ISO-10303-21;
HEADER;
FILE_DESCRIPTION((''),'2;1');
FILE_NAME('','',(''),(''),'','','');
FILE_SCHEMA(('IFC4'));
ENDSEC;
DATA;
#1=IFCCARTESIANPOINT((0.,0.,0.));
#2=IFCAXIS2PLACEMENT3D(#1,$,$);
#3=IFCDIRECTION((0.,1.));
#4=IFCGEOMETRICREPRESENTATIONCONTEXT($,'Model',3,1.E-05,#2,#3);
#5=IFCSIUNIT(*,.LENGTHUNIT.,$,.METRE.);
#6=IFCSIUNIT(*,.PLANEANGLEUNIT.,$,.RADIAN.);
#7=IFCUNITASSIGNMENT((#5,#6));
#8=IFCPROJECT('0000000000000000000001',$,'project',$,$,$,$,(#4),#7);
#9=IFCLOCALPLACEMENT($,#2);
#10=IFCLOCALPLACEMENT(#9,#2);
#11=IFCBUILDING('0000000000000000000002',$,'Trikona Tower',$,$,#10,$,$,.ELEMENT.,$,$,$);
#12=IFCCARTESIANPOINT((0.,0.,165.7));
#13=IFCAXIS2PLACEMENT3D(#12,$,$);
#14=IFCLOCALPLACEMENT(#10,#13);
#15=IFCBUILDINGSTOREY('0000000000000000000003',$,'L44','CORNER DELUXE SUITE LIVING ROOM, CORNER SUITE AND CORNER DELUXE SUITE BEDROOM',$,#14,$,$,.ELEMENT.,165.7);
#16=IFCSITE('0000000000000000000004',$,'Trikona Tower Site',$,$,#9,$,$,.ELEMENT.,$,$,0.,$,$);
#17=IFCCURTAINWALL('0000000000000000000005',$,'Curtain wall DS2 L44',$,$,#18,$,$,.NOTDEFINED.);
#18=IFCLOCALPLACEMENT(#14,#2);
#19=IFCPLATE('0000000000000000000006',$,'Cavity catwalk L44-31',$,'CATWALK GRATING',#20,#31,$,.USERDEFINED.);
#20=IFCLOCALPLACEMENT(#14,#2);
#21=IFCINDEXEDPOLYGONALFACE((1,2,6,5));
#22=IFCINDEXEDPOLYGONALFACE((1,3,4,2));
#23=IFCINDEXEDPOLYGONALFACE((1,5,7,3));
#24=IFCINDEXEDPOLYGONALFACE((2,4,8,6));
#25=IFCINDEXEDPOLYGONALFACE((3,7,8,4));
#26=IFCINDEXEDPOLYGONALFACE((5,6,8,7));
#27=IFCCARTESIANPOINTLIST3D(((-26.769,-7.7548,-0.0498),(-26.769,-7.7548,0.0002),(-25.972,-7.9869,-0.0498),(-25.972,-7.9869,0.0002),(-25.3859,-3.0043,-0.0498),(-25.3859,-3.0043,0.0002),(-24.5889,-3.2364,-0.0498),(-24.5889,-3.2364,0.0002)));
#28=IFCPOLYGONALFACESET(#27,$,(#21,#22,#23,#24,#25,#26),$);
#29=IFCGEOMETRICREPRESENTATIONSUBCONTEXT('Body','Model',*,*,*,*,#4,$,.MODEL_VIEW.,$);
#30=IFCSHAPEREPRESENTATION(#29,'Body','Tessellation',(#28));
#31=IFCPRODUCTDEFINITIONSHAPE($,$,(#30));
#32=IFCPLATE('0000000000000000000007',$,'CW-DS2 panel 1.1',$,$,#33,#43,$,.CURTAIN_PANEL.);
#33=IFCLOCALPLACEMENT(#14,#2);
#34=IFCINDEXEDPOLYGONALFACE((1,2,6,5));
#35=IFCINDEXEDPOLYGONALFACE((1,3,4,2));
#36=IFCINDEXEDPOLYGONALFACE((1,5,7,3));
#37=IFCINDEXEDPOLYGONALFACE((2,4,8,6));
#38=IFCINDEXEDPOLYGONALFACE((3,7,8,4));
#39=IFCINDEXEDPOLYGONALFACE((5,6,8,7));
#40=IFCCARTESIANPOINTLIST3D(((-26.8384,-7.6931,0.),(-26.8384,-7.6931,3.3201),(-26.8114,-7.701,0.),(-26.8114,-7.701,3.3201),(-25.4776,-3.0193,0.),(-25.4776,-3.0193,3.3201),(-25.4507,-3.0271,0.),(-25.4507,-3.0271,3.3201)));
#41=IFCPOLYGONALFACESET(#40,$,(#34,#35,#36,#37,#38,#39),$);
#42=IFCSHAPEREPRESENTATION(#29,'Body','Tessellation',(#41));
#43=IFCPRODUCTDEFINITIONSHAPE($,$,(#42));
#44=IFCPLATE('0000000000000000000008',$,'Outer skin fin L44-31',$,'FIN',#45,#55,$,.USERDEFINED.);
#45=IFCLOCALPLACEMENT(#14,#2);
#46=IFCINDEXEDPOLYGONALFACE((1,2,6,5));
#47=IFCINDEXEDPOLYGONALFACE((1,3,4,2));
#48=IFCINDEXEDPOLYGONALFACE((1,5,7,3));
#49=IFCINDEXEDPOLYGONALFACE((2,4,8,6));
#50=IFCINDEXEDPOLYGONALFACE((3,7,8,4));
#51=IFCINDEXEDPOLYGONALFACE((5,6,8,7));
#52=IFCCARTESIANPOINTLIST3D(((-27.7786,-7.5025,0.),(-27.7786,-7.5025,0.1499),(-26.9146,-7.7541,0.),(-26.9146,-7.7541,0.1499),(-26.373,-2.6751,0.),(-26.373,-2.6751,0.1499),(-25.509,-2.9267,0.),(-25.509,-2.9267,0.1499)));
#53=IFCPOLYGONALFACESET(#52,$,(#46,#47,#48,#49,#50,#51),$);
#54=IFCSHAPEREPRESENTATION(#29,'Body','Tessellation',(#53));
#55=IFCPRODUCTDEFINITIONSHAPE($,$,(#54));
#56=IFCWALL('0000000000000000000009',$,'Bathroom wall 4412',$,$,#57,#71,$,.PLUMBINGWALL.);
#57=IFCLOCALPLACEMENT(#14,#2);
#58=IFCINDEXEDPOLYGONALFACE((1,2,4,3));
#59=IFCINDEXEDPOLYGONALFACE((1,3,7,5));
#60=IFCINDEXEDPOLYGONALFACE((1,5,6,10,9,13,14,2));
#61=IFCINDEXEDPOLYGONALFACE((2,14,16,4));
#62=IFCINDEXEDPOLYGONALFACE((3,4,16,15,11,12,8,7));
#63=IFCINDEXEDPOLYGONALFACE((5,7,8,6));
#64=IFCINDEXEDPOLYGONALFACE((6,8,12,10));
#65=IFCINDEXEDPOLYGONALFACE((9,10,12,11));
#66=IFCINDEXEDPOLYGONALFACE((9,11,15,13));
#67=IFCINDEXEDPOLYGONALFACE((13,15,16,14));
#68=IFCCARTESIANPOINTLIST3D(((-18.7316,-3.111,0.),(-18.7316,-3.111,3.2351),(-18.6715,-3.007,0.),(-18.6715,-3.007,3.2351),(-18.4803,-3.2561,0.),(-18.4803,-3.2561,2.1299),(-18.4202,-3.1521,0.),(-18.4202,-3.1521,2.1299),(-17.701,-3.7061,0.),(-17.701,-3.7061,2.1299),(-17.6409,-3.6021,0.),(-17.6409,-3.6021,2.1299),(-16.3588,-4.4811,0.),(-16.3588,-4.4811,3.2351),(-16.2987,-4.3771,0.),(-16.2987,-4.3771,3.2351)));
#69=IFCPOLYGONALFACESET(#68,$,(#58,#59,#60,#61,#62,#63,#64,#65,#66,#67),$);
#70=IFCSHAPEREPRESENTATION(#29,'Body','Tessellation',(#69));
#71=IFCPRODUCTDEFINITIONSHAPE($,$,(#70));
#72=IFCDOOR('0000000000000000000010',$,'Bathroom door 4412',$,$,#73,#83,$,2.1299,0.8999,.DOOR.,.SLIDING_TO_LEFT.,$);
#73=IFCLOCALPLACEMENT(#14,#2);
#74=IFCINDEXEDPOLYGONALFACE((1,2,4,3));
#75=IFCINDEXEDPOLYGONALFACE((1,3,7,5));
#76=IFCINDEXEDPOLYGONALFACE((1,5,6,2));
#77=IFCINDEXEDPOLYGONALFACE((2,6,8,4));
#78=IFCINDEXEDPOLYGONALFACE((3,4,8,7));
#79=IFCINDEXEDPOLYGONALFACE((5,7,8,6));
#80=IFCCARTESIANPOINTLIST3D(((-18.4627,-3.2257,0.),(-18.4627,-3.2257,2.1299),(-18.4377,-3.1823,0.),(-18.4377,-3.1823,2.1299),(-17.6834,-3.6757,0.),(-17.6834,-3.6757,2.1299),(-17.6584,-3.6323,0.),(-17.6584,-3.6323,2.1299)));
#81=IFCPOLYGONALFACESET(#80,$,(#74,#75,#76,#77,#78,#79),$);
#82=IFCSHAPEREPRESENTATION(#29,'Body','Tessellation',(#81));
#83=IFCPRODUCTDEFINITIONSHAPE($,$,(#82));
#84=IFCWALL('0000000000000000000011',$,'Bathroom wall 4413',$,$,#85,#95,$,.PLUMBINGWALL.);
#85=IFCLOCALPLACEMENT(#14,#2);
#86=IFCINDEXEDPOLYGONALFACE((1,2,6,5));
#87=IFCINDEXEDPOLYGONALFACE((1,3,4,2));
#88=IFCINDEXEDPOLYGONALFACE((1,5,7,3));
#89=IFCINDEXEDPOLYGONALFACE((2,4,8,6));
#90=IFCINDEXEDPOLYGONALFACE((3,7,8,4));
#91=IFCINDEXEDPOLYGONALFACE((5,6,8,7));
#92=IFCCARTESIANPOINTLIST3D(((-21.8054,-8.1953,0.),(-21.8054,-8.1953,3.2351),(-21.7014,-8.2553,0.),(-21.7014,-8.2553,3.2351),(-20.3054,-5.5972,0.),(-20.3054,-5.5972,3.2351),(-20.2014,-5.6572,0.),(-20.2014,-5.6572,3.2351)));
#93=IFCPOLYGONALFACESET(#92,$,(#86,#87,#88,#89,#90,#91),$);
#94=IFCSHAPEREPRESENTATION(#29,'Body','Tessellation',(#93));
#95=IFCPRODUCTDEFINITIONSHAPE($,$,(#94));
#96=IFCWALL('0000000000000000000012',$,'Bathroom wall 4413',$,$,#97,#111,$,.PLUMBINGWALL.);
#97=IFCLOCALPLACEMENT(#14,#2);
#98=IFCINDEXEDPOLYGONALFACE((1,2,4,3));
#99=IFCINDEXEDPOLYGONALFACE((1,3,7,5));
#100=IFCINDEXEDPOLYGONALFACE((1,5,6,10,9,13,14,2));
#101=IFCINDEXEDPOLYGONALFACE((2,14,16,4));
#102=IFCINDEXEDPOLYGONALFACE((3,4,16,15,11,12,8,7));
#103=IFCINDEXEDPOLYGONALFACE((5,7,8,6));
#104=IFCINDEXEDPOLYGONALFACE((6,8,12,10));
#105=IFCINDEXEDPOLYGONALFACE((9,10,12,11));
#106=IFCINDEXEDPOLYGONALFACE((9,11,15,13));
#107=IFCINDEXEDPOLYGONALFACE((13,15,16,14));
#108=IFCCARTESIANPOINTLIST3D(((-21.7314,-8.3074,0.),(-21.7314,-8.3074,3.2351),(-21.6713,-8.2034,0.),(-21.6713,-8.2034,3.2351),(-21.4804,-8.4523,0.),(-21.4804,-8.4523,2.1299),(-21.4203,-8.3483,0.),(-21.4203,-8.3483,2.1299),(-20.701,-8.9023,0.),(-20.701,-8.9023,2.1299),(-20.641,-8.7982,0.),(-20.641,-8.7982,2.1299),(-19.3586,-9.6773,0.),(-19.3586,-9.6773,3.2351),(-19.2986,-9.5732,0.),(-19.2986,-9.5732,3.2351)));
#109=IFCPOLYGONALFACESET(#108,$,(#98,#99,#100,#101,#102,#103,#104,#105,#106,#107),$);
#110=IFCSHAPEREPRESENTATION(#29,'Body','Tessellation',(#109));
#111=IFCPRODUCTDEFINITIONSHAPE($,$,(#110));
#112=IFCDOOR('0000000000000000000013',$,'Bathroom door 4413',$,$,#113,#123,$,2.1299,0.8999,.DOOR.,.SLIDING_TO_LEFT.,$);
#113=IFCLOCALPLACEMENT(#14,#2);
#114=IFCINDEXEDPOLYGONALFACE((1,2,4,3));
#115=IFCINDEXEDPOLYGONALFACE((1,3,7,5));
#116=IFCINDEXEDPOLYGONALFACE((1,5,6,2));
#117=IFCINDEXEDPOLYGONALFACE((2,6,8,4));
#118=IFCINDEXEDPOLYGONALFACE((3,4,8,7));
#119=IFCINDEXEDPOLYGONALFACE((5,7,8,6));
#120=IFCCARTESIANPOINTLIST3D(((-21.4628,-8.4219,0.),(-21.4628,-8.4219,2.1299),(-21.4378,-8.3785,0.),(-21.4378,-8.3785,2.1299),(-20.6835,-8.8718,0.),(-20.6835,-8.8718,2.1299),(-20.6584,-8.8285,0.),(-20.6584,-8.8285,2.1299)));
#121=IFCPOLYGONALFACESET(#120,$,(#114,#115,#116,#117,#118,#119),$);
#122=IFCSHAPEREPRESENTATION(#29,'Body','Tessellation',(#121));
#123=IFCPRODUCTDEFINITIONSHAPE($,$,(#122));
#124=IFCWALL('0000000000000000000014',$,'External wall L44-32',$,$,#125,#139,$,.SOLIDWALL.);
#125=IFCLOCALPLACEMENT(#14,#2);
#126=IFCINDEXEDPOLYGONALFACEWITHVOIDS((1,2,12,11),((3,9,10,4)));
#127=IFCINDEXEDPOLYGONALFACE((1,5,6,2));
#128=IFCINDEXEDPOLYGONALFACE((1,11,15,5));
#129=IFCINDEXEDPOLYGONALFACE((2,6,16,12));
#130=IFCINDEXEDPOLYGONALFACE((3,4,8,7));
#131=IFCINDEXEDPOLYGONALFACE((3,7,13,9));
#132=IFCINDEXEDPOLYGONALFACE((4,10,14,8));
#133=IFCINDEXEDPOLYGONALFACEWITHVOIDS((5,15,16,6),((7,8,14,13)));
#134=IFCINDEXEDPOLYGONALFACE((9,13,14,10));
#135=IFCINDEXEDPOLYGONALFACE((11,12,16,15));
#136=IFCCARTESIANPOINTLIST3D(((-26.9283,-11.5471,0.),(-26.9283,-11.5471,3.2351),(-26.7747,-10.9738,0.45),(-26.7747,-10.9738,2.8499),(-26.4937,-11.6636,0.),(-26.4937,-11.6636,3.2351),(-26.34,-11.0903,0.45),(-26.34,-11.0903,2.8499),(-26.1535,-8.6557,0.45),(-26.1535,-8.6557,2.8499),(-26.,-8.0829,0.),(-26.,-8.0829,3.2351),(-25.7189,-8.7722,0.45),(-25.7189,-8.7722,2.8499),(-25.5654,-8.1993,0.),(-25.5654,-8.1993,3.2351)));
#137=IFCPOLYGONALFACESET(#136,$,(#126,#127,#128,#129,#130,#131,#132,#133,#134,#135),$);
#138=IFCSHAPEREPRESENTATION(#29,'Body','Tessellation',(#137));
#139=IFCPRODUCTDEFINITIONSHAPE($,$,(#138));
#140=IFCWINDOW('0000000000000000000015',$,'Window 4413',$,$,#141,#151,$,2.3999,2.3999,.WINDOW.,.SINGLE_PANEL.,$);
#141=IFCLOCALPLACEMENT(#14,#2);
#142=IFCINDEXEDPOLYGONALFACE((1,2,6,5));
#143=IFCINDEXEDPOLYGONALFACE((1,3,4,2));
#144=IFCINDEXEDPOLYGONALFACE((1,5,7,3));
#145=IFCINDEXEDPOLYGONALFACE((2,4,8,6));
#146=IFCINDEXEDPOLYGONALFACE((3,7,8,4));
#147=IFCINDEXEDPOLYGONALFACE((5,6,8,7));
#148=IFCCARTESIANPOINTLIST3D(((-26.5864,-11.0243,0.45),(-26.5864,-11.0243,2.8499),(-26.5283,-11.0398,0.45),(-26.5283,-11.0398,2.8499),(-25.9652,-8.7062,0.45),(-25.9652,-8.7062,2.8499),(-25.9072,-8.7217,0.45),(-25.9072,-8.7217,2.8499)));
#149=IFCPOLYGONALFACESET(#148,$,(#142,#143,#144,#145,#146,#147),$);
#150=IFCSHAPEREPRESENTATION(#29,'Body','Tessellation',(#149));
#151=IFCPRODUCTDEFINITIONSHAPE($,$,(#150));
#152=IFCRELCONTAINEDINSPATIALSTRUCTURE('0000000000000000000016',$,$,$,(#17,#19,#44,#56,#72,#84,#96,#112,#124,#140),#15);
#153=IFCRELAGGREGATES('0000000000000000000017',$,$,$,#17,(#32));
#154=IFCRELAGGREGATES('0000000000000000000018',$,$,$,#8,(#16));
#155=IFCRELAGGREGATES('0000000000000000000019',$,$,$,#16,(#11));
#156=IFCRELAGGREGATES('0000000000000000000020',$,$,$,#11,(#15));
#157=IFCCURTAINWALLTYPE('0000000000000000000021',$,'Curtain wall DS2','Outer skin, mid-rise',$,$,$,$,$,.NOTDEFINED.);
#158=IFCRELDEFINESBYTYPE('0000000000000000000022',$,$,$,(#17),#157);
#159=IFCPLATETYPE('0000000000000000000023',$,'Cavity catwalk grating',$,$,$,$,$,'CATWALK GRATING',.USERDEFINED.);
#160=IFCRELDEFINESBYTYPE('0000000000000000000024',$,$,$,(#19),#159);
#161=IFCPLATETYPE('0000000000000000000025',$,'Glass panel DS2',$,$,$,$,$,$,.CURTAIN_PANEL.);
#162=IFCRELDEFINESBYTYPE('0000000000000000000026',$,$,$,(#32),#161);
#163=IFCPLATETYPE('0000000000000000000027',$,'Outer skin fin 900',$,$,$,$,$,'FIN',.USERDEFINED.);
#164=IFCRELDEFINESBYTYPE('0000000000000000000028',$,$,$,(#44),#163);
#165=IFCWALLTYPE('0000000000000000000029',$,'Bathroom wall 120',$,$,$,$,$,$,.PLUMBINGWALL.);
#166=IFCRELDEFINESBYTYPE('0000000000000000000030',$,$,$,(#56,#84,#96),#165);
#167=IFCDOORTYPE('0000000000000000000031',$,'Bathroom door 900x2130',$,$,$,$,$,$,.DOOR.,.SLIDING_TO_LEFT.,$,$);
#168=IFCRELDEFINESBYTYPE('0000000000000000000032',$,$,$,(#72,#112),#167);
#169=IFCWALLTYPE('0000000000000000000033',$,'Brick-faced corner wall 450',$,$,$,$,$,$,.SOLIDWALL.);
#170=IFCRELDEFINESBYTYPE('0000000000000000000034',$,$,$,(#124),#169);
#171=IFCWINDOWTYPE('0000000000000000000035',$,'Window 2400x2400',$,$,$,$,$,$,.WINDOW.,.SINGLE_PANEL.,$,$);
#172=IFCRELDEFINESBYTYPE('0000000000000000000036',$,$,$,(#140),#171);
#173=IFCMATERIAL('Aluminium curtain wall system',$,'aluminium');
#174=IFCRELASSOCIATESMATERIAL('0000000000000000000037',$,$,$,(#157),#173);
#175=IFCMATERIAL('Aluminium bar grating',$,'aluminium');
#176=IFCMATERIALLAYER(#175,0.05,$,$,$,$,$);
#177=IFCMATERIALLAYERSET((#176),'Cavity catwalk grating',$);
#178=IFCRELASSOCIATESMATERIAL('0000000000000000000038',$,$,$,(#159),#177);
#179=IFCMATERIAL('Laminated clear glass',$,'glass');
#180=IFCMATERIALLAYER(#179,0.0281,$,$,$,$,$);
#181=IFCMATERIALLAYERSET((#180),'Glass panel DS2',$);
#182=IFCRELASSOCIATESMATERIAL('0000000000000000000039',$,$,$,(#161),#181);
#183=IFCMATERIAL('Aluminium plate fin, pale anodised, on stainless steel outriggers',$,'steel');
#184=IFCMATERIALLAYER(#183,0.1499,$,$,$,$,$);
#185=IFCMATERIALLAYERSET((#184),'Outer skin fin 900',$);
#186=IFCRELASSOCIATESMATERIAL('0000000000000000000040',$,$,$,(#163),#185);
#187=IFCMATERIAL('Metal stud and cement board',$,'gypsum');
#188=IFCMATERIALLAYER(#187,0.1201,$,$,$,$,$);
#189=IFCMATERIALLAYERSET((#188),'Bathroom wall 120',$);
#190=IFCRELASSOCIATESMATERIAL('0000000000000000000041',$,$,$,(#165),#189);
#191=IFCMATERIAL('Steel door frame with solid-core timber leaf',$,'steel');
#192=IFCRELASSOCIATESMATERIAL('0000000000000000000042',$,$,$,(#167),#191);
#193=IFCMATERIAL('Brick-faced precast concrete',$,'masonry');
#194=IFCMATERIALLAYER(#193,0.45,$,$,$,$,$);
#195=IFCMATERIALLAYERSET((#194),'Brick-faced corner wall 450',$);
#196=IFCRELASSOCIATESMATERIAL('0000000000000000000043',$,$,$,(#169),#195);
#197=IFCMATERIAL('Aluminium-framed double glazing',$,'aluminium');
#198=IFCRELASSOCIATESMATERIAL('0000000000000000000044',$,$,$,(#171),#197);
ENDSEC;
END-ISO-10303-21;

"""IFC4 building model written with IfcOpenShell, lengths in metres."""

from ifc_helpers import new_model, si_unit, direction, frame, frame_2d, origin, origin_2d, place, context, subcontext, project, spatial, rectangle, extrude, material, layer, layer_set, type_object, element, fill, aggregate, save


model = new_model("IFC4")

# Units and contexts
model_context = context("Model", 3, precision=1e-05, world=origin(), true_north=direction((0.0, 1.0)))
body_context = subcontext(model_context, "Body", "Model", "MODEL_VIEW")
ifc_project = project(units=[si_unit("LENGTHUNIT", "METRE"), si_unit("PLANEANGLEUNIT", "RADIAN")], contexts=[model_context])

# Site, building, storey
site_placement = place(None, origin())
site = spatial("IfcSite", under=ifc_project, at=site_placement, Name="Trikona Tower Site", CompositionType="ELEMENT", RefElevation=0.0)
building_placement = place(site_placement, origin())
building = spatial("IfcBuilding", under=site, at=building_placement, Name="Trikona Tower", CompositionType="ELEMENT")
storey_placement = place(building_placement, frame((0.0, 0.0, 165.7)))
storey = spatial("IfcBuildingStorey", under=building, at=storey_placement, Name="L44", Description="CORNER DELUXE SUITE LIVING ROOM, CORNER SUITE AND CORNER DELUXE SUITE BEDROOM", CompositionType="ELEMENT", Elevation=165.7)

# Shared definitions
ifc_material_1 = material(Name="Aluminium curtain wall system", Category="aluminium")
curtain_wall_type = type_object("IfcCurtainWallType", Name="Curtain wall DS2", Description="Outer skin, mid-rise", PredefinedType="NOTDEFINED", material=ifc_material_1)

# Curtain wall
curtain_wall_1_placement = place(storey_placement, origin())
curtain_wall_1 = element("IfcCurtainWall", 1, at=curtain_wall_1_placement, inside=storey, type_object=curtain_wall_type, Name="Curtain wall DS2 L44", PredefinedType="NOTDEFINED")

# Plate
ifc_material_2 = material(Name="Aluminium bar grating", Category="aluminium")
ifc_layer_1 = layer(ifc_material_2, 0.05)
ifc_layer_set_1 = layer_set([ifc_layer_1], Name="Cavity catwalk grating")
plate_type_1 = type_object("IfcPlateType", Name="Cavity catwalk grating", ElementType="CATWALK GRATING", PredefinedType="USERDEFINED", material=ifc_layer_set_1)
plate_1_placement = place(storey_placement, frame((-25.679, -5.4956, -0.0498), z_axis=(0.0, 0.0, 1.0), x_axis=(-0.279554, -0.96013, 0.0)))
element("IfcPlate", 2, at=plate_1_placement, inside=storey, type_object=plate_type_1, Name="Cavity catwalk L44-31", ObjectType="CATWALK GRATING", PredefinedType="USERDEFINED", context=body_context, shape_type="SweptSolid", body=[
    extrude(rectangle(XDim=4.9478, YDim=0.8301, at=origin_2d()), origin(), (0.0, 0.0, 1.0), 0.05),
])

# Plates
ifc_material_3 = material(Name="Laminated clear glass", Category="glass")
ifc_layer_2 = layer(ifc_material_3, 0.0281)
ifc_layer_set_2 = layer_set([ifc_layer_2], Name="Glass panel DS2")
plate_type_2 = type_object("IfcPlateType", Name="Glass panel DS2", PredefinedType="CURTAIN_PANEL", material=ifc_layer_set_2)
plate_2_placement = place(storey_placement, frame((-26.1445, -5.3601, 0.0), z_axis=(0.0, 0.0, 1.0), x_axis=(-0.279543, -0.960133, 0.0)))
plate_2 = element("IfcPlate", 3, at=plate_2_placement, type_object=plate_type_2, Name="CW-DS2 panel 1.1", PredefinedType="CURTAIN_PANEL", context=body_context, shape_type="SweptSolid", body=[
    extrude(rectangle(XDim=4.8679, YDim=0.0281, at=origin_2d()), origin(), (0.0, 0.0, 1.0), 3.3201),
])
aggregate(curtain_wall_1, [plate_2])
ifc_material_4 = material(Name="Aluminium plate fin, pale anodised, on stainless steel outriggers", Category="steel")
ifc_layer_3 = layer(ifc_material_4, 0.1499)
ifc_layer_set_3 = layer_set([ifc_layer_3], Name="Outer skin fin 900")
plate_type_3 = type_object("IfcPlateType", Name="Outer skin fin 900", ElementType="FIN", PredefinedType="USERDEFINED", material=ifc_layer_set_3)
plate_3_placement = place(storey_placement, frame((-26.6438, -5.2146, 0.0), z_axis=(0.0, 0.0, 1.0), x_axis=(-0.279554, -0.96013, 0.0)))
element("IfcPlate", 4, at=plate_3_placement, inside=storey, type_object=plate_type_3, Name="Outer skin fin L44-31", ObjectType="FIN", PredefinedType="USERDEFINED", context=body_context, shape_type="SweptSolid", body=[
    extrude(rectangle(XDim=5.0278, YDim=0.8999, at=origin_2d()), origin(), (0.0, 0.0, 1.0), 0.1499),
])

# Wall, opening, door
ifc_material_5 = material(Name="Metal stud and cement board", Category="gypsum")
ifc_layer_4 = layer(ifc_material_5, 0.1201)
ifc_layer_set_4 = layer_set([ifc_layer_4], Name="Bathroom wall 120")
wall_type_1 = type_object("IfcWallType", Name="Bathroom wall 120", PredefinedType="PLUMBINGWALL", material=ifc_layer_set_4)
wall_1_placement = place(storey_placement, frame((-16.3286, -4.4292, 0.0), z_axis=(0.0, 0.0, 1.0), x_axis=(-0.865997, 0.500049, 0.0)))
wall_1 = element("IfcWall", 5, at=wall_1_placement, inside=storey, type_object=wall_type_1, Name="Bathroom wall 4412", PredefinedType="PLUMBINGWALL", context=body_context, shape_type="SweptSolid", body=[
    extrude(rectangle(XDim=2.74, YDim=0.1201, at=frame_2d((1.3701, 0.0))), origin(), (0.0, 0.0, 1.0), 3.2351),
])
opening_1_placement = place(wall_1_placement, frame((1.55, 0.0, 0.0)))
opening_1 = element("IfcOpeningElement", 6, at=opening_1_placement, cuts=wall_1, PredefinedType="OPENING", context=body_context, shape_type="SweptSolid", body=[
    extrude(rectangle(XDim=0.8999, YDim=2.1299, at=frame_2d((0.45, 1.0649))), frame((0.0, 0.0701, 0.0), z_axis=(0.0, -1.0, 0.0), x_axis=(1.0, 0.0, 0.0)), (0.0, 0.0, 1.0), 0.1401),
])
ifc_material_6 = material(Name="Steel door frame with solid-core timber leaf", Category="steel")
door_type_1 = type_object("IfcDoorType", Name="Bathroom door 900x2130", OperationType="SLIDING_TO_LEFT", PredefinedType="DOOR", material=ifc_material_6)
door_1_placement = place(opening_1_placement, origin())
door_1 = element("IfcDoor", 7, at=door_1_placement, inside=storey, type_object=door_type_1, Name="Bathroom door 4412", OperationType="SLIDING_TO_LEFT", OverallHeight=2.1299, OverallWidth=0.8999, PredefinedType="DOOR", context=body_context, shape_type="SweptSolid", body=[
    extrude(rectangle(XDim=0.8999, YDim=2.1299, at=frame_2d((0.45, 1.0649))), frame((0.0, 0.0249, 0.0), z_axis=(0.0, -1.0, 0.0), x_axis=(1.0, 0.0, 0.0)), (0.0, 0.0, 1.0), 0.05),
])
fill(opening_1, door_1)

# Wall
wall_2_placement = place(storey_placement, frame((-20.2534, -5.6272, 0.0), z_axis=(0.0, 0.0, 1.0), x_axis=(-0.49999, -0.866031, 0.0)))
element("IfcWall", 8, at=wall_2_placement, inside=storey, type_object=wall_type_1, Name="Bathroom wall 4413", PredefinedType="PLUMBINGWALL", context=body_context, shape_type="SweptSolid", body=[
    extrude(rectangle(XDim=3.0, YDim=0.1201, at=frame_2d((1.5, 0.0))), origin(), (0.0, 0.0, 1.0), 3.2351),
])

# Wall, opening, door
wall_3_placement = place(storey_placement, frame((-19.3286, -9.6252, 0.0), z_axis=(0.0, 0.0, 1.0), x_axis=(-0.866036, 0.499982, 0.0)))
wall_3 = element("IfcWall", 9, at=wall_3_placement, inside=storey, type_object=wall_type_1, Name="Bathroom wall 4413", PredefinedType="PLUMBINGWALL", context=body_context, shape_type="SweptSolid", body=[
    extrude(rectangle(XDim=2.7397, YDim=0.1201, at=frame_2d((1.3699, 0.0))), origin(), (0.0, 0.0, 1.0), 3.2351),
])
opening_2_placement = place(wall_3_placement, frame((1.55, 0.0, 0.0)))
opening_2 = element("IfcOpeningElement", 10, at=opening_2_placement, cuts=wall_3, PredefinedType="OPENING", context=body_context, shape_type="SweptSolid", body=[
    extrude(rectangle(XDim=0.8999, YDim=2.1299, at=frame_2d((0.45, 1.0649))), frame((0.0, 0.0701, 0.0), z_axis=(0.0, -1.0, 0.0), x_axis=(1.0, 0.0, 0.0)), (0.0, 0.0, 1.0), 0.1401),
])
door_2_placement = place(opening_2_placement, origin())
door_2 = element("IfcDoor", 11, at=door_2_placement, inside=storey, type_object=door_type_1, Name="Bathroom door 4413", OperationType="SLIDING_TO_LEFT", OverallHeight=2.1299, OverallWidth=0.8999, PredefinedType="DOOR", context=body_context, shape_type="SweptSolid", body=[
    extrude(rectangle(XDim=0.8999, YDim=2.1299, at=frame_2d((0.45, 1.0649))), frame((0.0, 0.0249, 0.0), z_axis=(0.0, -1.0, 0.0), x_axis=(1.0, 0.0, 0.0)), (0.0, 0.0, 1.0), 0.05),
])
fill(opening_2, door_2)

# Wall, opening, window
ifc_material_7 = material(Name="Brick-faced precast concrete", Category="masonry")
ifc_layer_5 = layer(ifc_material_7, 0.45)
ifc_layer_set_5 = layer_set([ifc_layer_5], Name="Brick-faced corner wall 450")
wall_type_2 = type_object("IfcWallType", Name="Brick-faced corner wall 450", PredefinedType="SOLIDWALL", material=ifc_layer_set_5)
wall_4_placement = place(storey_placement, frame((-25.7827, -8.1411, 0.0), z_axis=(0.0, 0.0, 1.0), x_axis=(-0.258823, -0.965925, 0.0)))
wall_4 = element("IfcWall", 12, at=wall_4_placement, inside=storey, type_object=wall_type_2, Name="External wall L44-32", PredefinedType="SOLIDWALL", context=body_context, shape_type="SweptSolid", body=[
    extrude(rectangle(XDim=3.5864, YDim=0.45, at=frame_2d((1.7932, 0.0))), origin(), (0.0, 0.0, 1.0), 3.2351),
])
opening_3_placement = place(wall_4_placement, frame((0.593, 0.0, 0.45)))
opening_3 = element("IfcOpeningElement", 13, at=opening_3_placement, cuts=wall_4, PredefinedType="OPENING", context=body_context, shape_type="SweptSolid", body=[
    extrude(rectangle(XDim=2.3999, YDim=2.3999, at=frame_2d((1.2, 1.2))), frame((0.0, 0.2349, 0.0), z_axis=(0.0, -1.0, 0.0), x_axis=(1.0, 0.0, 0.0)), (0.0, 0.0, 1.0), 0.47),
])
ifc_material_8 = material(Name="Aluminium-framed double glazing", Category="aluminium")
window_type_1 = type_object("IfcWindowType", Name="Window 2400x2400", PartitioningType="SINGLE_PANEL", PredefinedType="WINDOW", material=ifc_material_8)
window_1_placement = place(opening_3_placement, origin())
window_1 = element("IfcWindow", 14, at=window_1_placement, inside=storey, type_object=window_type_1, Name="Window 4413", OverallHeight=2.3999, OverallWidth=2.3999, PartitioningType="SINGLE_PANEL", PredefinedType="WINDOW", context=body_context, shape_type="SweptSolid", body=[
    extrude(rectangle(XDim=2.3999, YDim=2.3999, at=frame_2d((1.2, 1.2))), frame((0.0, 0.03, 0.0), z_axis=(0.0, -1.0, 0.0), x_axis=(1.0, 0.0, 0.0)), (0.0, 0.0, 1.0), 0.0601),
])
fill(opening_3, window_1)

save(model, "model.ifc")
